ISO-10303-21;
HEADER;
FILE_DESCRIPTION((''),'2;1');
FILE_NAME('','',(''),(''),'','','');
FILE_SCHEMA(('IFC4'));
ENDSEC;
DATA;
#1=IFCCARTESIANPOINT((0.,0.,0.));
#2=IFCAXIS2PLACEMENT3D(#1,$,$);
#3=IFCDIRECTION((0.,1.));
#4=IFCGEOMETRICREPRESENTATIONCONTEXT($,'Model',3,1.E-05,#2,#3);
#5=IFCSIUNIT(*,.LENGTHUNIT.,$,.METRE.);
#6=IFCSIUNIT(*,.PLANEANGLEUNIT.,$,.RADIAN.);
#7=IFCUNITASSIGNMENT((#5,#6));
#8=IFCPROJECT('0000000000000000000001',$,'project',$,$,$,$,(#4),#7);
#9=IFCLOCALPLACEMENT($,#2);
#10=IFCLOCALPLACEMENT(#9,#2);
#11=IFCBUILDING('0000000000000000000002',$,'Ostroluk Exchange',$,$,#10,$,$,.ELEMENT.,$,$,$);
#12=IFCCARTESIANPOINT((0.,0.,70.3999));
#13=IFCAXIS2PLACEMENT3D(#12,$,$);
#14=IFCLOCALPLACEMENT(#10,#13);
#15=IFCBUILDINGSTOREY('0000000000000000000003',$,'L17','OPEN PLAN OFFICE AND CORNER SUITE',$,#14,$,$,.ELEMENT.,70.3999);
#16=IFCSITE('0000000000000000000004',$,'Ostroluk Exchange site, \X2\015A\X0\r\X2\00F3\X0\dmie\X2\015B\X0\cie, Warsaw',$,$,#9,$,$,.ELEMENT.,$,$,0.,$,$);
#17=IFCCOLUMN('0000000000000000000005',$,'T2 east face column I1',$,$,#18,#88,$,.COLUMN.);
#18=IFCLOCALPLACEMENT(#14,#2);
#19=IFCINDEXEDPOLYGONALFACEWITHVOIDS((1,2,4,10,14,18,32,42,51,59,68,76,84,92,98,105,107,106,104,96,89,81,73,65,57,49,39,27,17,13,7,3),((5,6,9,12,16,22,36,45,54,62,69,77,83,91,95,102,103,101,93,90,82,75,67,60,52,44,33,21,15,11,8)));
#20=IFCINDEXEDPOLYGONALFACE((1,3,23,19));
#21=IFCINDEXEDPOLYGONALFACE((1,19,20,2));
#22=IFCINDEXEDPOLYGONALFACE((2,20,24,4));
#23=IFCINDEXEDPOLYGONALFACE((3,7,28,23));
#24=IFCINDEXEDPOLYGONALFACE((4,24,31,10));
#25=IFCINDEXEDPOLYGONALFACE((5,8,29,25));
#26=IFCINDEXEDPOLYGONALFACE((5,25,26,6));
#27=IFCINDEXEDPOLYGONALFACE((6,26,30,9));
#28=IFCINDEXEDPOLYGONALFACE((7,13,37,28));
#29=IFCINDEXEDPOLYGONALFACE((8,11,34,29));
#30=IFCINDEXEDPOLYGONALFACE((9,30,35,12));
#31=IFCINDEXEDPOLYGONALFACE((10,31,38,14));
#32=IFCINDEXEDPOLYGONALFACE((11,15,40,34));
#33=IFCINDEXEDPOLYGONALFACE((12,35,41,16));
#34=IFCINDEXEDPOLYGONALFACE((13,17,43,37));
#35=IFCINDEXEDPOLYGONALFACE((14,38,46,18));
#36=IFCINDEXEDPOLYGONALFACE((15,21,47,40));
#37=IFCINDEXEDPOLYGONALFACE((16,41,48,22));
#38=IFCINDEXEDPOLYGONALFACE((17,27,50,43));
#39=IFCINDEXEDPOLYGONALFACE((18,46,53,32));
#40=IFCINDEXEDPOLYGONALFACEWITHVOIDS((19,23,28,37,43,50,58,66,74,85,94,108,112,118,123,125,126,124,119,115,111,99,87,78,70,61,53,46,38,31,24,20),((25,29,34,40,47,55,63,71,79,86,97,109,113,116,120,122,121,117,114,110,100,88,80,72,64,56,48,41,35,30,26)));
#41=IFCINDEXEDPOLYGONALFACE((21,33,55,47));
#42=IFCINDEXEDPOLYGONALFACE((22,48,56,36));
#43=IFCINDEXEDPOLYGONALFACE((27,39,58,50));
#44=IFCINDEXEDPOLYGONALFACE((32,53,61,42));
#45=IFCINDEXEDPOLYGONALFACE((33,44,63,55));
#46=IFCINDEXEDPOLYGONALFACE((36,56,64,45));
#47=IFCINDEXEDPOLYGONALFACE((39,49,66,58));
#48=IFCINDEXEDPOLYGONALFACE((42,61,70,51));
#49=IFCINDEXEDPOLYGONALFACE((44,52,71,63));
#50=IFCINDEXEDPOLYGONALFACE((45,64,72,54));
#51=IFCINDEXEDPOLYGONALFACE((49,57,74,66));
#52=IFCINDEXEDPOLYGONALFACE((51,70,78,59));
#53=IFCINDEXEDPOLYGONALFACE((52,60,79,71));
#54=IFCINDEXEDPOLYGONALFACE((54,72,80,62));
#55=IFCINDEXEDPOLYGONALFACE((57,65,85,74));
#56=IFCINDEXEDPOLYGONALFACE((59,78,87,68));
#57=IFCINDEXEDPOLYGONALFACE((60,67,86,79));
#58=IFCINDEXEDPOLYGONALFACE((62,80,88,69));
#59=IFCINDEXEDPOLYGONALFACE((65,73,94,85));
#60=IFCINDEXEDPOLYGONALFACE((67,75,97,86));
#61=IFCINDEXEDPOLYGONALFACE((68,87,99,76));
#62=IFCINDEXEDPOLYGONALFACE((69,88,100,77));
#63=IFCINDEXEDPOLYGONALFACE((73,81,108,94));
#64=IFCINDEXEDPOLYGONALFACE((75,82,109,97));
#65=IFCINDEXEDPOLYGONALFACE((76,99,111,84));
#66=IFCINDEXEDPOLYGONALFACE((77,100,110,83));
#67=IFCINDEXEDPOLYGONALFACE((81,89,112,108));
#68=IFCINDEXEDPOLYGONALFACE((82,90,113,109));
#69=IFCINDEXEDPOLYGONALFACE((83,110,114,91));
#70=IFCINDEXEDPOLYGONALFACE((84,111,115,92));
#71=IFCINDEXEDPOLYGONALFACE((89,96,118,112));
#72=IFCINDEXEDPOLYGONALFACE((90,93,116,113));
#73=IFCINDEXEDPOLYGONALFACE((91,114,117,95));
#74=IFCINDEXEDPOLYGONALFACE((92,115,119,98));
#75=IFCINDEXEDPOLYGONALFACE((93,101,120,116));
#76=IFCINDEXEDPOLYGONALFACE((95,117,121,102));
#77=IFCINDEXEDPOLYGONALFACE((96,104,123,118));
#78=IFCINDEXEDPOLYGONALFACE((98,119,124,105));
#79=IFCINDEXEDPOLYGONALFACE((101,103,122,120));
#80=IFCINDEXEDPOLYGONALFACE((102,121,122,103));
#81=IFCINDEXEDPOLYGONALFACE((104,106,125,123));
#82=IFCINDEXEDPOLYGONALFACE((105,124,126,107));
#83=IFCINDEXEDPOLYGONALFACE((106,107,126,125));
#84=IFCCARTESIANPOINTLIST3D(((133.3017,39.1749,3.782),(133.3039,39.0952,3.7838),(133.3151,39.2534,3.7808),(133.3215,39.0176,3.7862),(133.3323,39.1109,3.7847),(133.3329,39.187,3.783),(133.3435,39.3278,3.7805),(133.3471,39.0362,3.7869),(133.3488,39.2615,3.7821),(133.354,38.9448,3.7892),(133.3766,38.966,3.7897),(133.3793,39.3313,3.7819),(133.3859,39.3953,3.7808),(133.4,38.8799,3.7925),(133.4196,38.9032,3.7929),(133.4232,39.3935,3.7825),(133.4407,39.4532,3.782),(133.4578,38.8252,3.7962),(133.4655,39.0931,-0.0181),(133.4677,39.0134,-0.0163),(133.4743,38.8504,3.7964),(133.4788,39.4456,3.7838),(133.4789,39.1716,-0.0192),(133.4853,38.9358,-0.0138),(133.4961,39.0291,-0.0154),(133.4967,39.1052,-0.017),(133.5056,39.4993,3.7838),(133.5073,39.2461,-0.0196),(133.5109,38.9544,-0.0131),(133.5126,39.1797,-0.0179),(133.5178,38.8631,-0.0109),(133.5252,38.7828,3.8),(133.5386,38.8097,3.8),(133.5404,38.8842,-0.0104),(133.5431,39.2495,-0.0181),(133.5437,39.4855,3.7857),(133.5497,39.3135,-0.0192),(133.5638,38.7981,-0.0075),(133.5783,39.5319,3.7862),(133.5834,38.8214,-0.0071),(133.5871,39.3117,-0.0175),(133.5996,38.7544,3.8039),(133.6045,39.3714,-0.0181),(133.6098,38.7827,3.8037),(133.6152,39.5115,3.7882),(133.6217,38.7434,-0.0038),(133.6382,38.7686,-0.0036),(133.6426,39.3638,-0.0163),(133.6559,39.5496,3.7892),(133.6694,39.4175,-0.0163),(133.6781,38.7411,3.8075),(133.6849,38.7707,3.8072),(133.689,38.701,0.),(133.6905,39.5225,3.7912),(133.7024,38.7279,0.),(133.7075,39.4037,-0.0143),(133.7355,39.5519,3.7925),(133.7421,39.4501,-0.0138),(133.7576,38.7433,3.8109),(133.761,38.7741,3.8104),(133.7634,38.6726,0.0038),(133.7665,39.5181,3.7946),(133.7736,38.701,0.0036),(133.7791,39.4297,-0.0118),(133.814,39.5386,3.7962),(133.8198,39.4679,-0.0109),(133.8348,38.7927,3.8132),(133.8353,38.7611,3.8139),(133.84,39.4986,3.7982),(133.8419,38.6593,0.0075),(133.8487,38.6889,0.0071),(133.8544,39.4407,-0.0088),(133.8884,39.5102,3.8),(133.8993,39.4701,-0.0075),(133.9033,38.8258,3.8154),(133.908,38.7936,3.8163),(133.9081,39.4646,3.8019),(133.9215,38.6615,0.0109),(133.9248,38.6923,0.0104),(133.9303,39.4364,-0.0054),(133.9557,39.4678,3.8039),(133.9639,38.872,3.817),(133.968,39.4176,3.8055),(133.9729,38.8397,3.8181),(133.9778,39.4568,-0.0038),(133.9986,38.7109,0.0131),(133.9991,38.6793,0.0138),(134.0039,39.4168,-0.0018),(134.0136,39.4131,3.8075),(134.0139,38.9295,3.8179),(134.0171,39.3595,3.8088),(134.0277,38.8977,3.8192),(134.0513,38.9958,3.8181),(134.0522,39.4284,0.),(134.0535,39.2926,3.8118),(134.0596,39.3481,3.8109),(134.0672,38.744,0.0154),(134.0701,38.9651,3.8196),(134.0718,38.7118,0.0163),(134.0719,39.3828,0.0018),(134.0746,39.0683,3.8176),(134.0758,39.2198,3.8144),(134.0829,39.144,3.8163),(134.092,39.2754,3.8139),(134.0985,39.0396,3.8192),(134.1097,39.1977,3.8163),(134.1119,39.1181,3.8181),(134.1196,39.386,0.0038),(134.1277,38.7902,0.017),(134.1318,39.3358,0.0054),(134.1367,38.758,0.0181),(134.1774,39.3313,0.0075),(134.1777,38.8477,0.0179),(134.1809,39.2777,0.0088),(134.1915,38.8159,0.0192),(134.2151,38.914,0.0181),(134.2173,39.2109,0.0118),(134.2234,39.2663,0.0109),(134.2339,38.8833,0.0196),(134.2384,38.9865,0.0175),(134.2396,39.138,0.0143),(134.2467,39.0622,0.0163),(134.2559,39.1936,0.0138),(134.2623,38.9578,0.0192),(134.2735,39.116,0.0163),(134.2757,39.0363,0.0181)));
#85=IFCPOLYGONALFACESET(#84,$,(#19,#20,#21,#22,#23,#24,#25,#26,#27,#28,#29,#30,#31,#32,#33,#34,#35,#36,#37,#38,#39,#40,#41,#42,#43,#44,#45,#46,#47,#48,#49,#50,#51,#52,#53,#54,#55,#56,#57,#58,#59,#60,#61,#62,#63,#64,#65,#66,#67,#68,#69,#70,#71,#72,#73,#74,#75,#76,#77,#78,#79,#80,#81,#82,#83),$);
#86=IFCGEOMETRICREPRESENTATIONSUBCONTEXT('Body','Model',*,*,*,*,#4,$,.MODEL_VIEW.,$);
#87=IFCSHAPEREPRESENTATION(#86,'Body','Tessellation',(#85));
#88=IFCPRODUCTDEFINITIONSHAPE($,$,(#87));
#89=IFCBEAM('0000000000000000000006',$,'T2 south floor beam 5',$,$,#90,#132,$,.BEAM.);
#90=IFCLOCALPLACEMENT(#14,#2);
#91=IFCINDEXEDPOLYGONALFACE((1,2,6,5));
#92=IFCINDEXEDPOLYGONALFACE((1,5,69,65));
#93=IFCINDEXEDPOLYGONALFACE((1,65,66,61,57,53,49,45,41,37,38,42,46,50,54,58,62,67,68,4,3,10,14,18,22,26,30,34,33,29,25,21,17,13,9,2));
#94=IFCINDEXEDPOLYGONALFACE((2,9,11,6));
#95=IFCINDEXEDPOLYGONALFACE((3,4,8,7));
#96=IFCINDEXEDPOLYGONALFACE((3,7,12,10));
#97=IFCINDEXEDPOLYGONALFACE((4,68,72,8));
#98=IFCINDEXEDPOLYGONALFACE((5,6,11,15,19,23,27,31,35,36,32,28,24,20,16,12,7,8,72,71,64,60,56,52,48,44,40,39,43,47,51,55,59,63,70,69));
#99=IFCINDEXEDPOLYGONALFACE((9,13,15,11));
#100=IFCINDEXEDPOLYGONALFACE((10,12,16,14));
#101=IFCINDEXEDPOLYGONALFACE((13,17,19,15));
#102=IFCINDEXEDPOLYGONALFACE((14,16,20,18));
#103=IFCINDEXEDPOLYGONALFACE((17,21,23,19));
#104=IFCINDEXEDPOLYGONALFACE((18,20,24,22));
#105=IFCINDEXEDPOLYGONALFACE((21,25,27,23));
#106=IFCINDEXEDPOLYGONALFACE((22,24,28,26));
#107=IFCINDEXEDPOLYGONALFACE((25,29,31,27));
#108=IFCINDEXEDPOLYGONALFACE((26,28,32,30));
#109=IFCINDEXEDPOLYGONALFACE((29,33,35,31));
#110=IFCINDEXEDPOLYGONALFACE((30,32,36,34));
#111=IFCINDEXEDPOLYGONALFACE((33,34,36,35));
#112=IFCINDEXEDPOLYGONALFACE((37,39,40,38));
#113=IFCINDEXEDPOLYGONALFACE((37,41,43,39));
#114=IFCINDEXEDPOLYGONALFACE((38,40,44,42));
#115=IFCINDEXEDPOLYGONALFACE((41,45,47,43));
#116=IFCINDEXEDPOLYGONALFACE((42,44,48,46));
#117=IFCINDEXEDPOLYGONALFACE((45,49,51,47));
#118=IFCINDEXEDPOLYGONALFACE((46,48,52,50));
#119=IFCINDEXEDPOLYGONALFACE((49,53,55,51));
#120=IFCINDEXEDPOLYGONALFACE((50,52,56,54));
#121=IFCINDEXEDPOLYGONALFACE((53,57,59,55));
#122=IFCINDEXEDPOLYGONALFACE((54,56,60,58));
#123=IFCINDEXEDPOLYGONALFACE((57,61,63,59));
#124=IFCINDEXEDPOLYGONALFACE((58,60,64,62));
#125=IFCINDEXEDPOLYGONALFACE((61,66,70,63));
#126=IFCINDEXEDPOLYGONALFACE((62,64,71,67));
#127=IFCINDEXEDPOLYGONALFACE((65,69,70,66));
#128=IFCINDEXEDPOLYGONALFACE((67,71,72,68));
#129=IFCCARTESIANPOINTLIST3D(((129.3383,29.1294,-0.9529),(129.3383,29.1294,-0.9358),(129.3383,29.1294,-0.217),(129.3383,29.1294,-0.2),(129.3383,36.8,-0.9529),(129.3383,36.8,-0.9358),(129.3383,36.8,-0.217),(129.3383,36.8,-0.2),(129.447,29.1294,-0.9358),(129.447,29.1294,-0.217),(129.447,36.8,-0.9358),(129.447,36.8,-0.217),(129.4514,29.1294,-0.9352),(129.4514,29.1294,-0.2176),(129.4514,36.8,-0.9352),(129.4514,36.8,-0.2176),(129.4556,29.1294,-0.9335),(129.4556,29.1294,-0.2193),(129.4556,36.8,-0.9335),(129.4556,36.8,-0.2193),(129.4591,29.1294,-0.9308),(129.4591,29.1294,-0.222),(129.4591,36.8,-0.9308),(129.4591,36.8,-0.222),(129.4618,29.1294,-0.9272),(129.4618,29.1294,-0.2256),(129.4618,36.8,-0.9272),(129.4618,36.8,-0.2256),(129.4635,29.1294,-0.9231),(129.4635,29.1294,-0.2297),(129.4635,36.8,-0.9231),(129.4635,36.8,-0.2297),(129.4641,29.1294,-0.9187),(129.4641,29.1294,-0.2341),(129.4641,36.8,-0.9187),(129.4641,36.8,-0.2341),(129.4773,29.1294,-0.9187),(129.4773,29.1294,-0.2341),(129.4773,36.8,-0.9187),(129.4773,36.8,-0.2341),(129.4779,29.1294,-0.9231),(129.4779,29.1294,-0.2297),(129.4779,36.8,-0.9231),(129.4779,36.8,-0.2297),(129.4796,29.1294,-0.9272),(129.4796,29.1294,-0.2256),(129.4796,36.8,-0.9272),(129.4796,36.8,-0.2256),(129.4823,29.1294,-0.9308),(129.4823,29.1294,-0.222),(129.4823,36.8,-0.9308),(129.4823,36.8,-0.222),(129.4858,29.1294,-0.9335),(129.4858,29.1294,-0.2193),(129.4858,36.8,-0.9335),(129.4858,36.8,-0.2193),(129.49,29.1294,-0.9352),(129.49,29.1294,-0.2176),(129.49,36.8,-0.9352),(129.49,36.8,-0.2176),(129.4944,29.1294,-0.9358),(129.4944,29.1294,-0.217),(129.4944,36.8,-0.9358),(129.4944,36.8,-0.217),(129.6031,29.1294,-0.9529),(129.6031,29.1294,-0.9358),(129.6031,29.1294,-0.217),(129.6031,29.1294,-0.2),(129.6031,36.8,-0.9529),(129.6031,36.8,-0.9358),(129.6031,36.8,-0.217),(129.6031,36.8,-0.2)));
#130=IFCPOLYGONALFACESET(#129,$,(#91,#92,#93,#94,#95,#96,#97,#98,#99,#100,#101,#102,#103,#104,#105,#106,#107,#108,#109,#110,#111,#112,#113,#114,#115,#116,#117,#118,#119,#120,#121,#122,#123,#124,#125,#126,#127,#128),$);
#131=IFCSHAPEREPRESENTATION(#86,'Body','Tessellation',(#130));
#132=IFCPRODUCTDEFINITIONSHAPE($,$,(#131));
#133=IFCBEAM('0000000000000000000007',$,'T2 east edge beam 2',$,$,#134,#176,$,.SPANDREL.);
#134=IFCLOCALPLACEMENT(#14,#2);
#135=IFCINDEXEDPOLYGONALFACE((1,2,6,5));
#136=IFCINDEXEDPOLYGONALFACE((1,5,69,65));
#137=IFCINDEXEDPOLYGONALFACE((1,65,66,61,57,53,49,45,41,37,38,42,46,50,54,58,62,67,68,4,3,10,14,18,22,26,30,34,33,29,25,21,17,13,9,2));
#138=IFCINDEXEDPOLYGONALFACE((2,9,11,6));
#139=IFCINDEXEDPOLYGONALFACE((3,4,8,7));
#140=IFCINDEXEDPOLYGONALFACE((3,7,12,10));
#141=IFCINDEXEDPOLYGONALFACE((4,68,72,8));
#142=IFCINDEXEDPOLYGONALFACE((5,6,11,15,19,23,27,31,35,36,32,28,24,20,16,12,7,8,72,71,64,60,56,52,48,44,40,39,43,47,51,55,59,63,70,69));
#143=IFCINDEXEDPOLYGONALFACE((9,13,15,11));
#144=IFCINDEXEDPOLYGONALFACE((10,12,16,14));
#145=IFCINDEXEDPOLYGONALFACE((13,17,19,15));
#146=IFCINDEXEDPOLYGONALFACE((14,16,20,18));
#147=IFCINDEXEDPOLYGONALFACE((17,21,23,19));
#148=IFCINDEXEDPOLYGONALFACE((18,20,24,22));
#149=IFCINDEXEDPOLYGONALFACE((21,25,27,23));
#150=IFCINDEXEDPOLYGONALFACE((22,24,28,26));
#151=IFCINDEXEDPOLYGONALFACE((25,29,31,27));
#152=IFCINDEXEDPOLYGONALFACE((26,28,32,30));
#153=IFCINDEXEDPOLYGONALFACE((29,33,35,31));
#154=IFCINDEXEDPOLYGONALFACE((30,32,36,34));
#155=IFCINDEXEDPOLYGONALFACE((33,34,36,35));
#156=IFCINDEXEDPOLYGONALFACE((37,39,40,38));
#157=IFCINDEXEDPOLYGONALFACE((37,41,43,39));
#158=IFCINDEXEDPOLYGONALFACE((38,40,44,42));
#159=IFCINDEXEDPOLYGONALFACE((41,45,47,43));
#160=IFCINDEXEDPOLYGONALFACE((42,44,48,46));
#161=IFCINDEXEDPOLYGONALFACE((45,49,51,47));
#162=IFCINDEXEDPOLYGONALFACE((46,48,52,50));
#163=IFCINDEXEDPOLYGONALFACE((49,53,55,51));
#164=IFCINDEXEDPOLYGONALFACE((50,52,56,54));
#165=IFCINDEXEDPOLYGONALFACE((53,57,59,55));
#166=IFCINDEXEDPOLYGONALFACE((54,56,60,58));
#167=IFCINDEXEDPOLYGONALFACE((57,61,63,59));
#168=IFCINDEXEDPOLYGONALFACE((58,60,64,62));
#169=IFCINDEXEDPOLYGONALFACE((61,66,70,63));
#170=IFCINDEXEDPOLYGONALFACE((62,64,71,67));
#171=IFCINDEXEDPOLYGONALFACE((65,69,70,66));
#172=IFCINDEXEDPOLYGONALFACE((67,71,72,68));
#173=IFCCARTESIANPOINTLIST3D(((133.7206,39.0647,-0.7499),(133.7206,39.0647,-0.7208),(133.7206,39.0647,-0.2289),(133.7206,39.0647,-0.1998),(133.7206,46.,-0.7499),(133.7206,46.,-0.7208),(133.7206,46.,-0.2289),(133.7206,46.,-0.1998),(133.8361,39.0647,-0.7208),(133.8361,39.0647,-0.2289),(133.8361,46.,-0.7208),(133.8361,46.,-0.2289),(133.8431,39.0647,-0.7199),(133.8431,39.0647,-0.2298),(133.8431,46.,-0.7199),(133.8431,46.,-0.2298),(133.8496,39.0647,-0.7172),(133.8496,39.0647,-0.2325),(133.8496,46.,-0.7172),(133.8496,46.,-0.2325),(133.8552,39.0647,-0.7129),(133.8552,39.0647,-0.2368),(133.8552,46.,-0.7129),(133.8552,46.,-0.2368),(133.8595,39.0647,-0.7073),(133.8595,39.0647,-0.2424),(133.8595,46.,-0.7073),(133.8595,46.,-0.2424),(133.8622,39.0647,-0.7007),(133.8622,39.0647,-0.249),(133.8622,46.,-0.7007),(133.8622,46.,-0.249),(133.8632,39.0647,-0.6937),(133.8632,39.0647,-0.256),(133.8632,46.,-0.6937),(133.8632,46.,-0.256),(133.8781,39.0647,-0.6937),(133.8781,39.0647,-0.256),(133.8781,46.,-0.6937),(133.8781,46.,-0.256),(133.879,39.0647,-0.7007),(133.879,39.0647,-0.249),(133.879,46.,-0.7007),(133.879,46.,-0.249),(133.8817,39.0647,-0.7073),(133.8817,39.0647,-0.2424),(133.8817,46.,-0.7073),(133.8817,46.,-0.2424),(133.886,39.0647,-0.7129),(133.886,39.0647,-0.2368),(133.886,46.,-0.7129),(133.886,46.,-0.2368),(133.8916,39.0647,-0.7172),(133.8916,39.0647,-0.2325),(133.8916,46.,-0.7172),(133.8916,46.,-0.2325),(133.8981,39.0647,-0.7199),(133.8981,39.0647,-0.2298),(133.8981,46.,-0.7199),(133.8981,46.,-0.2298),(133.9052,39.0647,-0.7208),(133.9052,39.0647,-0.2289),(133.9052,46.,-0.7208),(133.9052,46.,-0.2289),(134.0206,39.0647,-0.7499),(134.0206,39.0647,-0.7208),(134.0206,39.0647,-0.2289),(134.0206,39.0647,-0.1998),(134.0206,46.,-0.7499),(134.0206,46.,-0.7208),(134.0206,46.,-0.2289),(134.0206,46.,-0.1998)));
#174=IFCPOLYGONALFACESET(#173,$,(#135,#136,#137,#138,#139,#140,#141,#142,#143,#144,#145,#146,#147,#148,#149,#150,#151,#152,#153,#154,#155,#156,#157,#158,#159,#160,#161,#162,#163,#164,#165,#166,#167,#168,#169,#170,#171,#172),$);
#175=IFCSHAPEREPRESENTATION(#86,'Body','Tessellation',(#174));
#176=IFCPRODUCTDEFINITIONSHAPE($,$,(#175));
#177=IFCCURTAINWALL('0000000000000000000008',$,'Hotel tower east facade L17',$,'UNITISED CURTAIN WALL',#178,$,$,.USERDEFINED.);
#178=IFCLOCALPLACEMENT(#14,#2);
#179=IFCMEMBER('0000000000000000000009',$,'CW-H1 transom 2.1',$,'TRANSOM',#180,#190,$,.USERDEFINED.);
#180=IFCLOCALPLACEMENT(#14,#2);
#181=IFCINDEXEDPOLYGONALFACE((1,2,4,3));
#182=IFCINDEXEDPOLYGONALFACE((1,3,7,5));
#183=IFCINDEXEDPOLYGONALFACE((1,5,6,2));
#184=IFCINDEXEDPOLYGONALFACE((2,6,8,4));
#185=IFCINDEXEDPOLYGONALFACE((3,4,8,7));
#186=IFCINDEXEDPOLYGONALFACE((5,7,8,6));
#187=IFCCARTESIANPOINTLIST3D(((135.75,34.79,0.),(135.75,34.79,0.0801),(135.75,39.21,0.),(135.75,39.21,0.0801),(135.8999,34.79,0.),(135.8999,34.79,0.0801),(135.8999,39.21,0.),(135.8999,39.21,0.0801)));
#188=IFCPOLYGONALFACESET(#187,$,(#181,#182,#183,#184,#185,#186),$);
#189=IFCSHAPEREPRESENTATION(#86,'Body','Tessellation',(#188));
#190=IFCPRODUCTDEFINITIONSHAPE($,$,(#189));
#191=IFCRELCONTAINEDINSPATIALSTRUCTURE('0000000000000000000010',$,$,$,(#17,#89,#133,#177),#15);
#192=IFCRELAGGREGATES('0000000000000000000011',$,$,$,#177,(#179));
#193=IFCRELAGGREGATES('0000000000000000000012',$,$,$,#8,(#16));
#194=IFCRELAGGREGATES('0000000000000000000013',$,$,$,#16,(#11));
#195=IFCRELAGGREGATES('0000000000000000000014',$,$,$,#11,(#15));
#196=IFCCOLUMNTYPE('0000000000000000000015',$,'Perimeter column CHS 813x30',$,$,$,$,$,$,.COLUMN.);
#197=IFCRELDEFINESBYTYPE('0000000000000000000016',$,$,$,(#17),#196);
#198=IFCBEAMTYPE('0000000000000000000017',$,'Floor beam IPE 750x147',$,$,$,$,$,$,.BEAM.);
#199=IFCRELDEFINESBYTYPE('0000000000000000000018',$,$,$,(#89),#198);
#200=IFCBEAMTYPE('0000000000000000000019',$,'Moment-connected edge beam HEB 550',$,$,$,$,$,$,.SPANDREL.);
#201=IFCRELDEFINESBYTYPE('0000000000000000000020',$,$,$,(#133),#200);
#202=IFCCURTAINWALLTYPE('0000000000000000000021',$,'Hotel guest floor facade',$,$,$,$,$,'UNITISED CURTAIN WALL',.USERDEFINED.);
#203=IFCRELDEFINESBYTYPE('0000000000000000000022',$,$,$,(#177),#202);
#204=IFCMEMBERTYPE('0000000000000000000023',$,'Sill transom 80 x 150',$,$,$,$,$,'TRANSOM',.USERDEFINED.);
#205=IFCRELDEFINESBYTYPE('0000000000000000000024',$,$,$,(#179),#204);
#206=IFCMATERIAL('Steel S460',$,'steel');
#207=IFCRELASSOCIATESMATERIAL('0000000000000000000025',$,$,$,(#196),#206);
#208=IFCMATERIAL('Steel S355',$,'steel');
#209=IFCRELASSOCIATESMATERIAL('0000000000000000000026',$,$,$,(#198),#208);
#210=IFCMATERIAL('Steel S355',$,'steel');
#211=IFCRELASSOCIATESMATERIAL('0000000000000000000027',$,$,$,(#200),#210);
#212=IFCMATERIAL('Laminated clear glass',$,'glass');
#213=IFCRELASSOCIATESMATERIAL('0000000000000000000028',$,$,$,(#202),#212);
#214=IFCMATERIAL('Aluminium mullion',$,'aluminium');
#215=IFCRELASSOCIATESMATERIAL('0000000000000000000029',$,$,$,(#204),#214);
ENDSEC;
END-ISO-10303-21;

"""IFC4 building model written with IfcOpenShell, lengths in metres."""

from ifc_helpers import new_model, si_unit, direction, frame, origin, origin_2d, place, context, subcontext, project, spatial, rectangle, hollow_circle, i_section, extrude, material, material_profile, profile_set, type_object, element, aggregate, save


model = new_model("IFC4")

# Units and contexts
model_context = context("Model", 3, precision=1e-05, world=origin(), true_north=direction((0.0, 1.0)))
body_context = subcontext(model_context, "Body", "Model", "MODEL_VIEW")
ifc_project = project(units=[si_unit("LENGTHUNIT", "METRE"), si_unit("PLANEANGLEUNIT", "RADIAN")], contexts=[model_context])

# Site, building, storey
site_placement = place(None, origin())
site = spatial("IfcSite", under=ifc_project, at=site_placement, Name="Ostroluk Exchange site, Śródmieście, Warsaw", CompositionType="ELEMENT", RefElevation=0.0)
building_placement = place(site_placement, origin())
building = spatial("IfcBuilding", under=site, at=building_placement, Name="Ostroluk Exchange", CompositionType="ELEMENT")
storey_placement = place(building_placement, frame((0.0, 0.0, 70.3999)))
storey = spatial("IfcBuildingStorey", under=building, at=storey_placement, Name="L17", Description="OPEN PLAN OFFICE AND CORNER SUITE", CompositionType="ELEMENT", Elevation=70.3999)

# Column
ifc_material_1 = material(Name="Steel S460", Category="steel")
ifc_material_profile_1 = material_profile(ifc_material_1, hollow_circle(Radius=0.4065, WallThickness=0.03, at=origin_2d()), Name="CHS 813x30")
ifc_profile_set_1 = profile_set([ifc_material_profile_1], Name="Steel S460")
column_type = type_object("IfcColumnType", Name="Perimeter column CHS 813x30", PredefinedType="COLUMN", material=ifc_profile_set_1)
column_placement = place(storey_placement, frame((133.8706, 39.0647, 0.0), z_axis=(-0.04306, 0.021498, 0.998841), x_axis=(-0.44668, -0.894694, 0.0)))
element("IfcColumn", 1, at=column_placement, inside=storey, type_object=column_type, Name="T2 east face column I1", PredefinedType="COLUMN", context=body_context, shape_type="SweptSolid", body=[
    extrude(hollow_circle(Radius=0.4065, WallThickness=0.03, at=origin_2d()), origin(), (0.0, 0.0, 1.0), 3.8044),
])

# Beams
ifc_material_2 = material(Name="Steel S355", Category="steel")
ifc_material_profile_2 = material_profile(ifc_material_2, i_section(OverallWidth=0.2649, OverallDepth=0.7529, WebThickness=0.0132, FlangeThickness=0.0171, FilletRadius=0.0171, at=origin_2d()), Name="IPE 750x147")
ifc_profile_set_2 = profile_set([ifc_material_profile_2], Name="Steel S355")
beam_type_1 = type_object("IfcBeamType", Name="Floor beam IPE 750x147", PredefinedType="BEAM", material=ifc_profile_set_2)
beam_1_placement = place(storey_placement, frame((129.4707, 36.8, -0.5764), z_axis=(0.0, -1.0, 0.0), x_axis=(1.0, 0.0, 0.0)))
element("IfcBeam", 2, at=beam_1_placement, inside=storey, type_object=beam_type_1, Name="T2 south floor beam 5", PredefinedType="BEAM", context=body_context, shape_type="SweptSolid", body=[
    extrude(i_section(OverallWidth=0.2649, OverallDepth=0.7529, WebThickness=0.0132, FlangeThickness=0.0171, FilletRadius=0.0171, at=origin_2d()), origin(), (0.0, 0.0, 1.0), 7.6707),
])
ifc_material_3 = material(Name="Steel S355", Category="steel")
ifc_material_profile_3 = material_profile(ifc_material_3, i_section(OverallWidth=0.3, OverallDepth=0.55, WebThickness=0.0149, FlangeThickness=0.0291, FilletRadius=0.0271, at=origin_2d()), Name="HEB 550")
ifc_profile_set_3 = profile_set([ifc_material_profile_3], Name="Steel S355")
beam_type_2 = type_object("IfcBeamType", Name="Moment-connected edge beam HEB 550", PredefinedType="SPANDREL", material=ifc_profile_set_3)
beam_2_placement = place(storey_placement, frame((133.8706, 39.0647, -0.4749), z_axis=(0.0, 1.0, 0.0), x_axis=(-1.0, 0.0, 0.0)))
element("IfcBeam", 3, at=beam_2_placement, inside=storey, type_object=beam_type_2, Name="T2 east edge beam 2", PredefinedType="SPANDREL", context=body_context, shape_type="SweptSolid", body=[
    extrude(i_section(OverallWidth=0.3, OverallDepth=0.55, WebThickness=0.0149, FlangeThickness=0.0291, FilletRadius=0.0271, at=origin_2d()), origin(), (0.0, 0.0, 1.0), 6.9353),
])

# Curtain wall, member
ifc_material_4 = material(Name="Laminated clear glass", Category="glass")
curtain_wall_type = type_object("IfcCurtainWallType", Name="Hotel guest floor facade", ElementType="UNITISED CURTAIN WALL", PredefinedType="USERDEFINED", material=ifc_material_4)
curtain_wall_placement = place(storey_placement, origin())
curtain_wall = element("IfcCurtainWall", 4, at=curtain_wall_placement, inside=storey, type_object=curtain_wall_type, Name="Hotel tower east facade L17", ObjectType="UNITISED CURTAIN WALL", PredefinedType="USERDEFINED")
ifc_material_5 = material(Name="Aluminium mullion", Category="aluminium")
ifc_material_profile_4 = material_profile(ifc_material_5, rectangle(XDim=0.1499, YDim=0.0801, at=origin_2d()), Name="Sill transom 80 x 150")
ifc_profile_set_4 = profile_set([ifc_material_profile_4], Name="Aluminium mullion")
member_type_1 = type_object("IfcMemberType", Name="Sill transom 80 x 150", ElementType="TRANSOM", PredefinedType="USERDEFINED", material=ifc_profile_set_4)
member_1_placement = place(storey_placement, frame((135.825, 34.79, 0.04), z_axis=(0.0, 1.0, 0.0), x_axis=(-1.0, 0.0, 0.0)))
member_1 = element("IfcMember", 5, at=member_1_placement, type_object=member_type_1, Name="CW-H1 transom 2.1", ObjectType="TRANSOM", PredefinedType="USERDEFINED", context=body_context, shape_type="SweptSolid", body=[
    extrude(rectangle(XDim=0.1499, YDim=0.0801, at=origin_2d()), origin(), (0.0, 0.0, 1.0), 4.4199),
])
aggregate(curtain_wall, [member_1])

save(model, "model.ifc")
